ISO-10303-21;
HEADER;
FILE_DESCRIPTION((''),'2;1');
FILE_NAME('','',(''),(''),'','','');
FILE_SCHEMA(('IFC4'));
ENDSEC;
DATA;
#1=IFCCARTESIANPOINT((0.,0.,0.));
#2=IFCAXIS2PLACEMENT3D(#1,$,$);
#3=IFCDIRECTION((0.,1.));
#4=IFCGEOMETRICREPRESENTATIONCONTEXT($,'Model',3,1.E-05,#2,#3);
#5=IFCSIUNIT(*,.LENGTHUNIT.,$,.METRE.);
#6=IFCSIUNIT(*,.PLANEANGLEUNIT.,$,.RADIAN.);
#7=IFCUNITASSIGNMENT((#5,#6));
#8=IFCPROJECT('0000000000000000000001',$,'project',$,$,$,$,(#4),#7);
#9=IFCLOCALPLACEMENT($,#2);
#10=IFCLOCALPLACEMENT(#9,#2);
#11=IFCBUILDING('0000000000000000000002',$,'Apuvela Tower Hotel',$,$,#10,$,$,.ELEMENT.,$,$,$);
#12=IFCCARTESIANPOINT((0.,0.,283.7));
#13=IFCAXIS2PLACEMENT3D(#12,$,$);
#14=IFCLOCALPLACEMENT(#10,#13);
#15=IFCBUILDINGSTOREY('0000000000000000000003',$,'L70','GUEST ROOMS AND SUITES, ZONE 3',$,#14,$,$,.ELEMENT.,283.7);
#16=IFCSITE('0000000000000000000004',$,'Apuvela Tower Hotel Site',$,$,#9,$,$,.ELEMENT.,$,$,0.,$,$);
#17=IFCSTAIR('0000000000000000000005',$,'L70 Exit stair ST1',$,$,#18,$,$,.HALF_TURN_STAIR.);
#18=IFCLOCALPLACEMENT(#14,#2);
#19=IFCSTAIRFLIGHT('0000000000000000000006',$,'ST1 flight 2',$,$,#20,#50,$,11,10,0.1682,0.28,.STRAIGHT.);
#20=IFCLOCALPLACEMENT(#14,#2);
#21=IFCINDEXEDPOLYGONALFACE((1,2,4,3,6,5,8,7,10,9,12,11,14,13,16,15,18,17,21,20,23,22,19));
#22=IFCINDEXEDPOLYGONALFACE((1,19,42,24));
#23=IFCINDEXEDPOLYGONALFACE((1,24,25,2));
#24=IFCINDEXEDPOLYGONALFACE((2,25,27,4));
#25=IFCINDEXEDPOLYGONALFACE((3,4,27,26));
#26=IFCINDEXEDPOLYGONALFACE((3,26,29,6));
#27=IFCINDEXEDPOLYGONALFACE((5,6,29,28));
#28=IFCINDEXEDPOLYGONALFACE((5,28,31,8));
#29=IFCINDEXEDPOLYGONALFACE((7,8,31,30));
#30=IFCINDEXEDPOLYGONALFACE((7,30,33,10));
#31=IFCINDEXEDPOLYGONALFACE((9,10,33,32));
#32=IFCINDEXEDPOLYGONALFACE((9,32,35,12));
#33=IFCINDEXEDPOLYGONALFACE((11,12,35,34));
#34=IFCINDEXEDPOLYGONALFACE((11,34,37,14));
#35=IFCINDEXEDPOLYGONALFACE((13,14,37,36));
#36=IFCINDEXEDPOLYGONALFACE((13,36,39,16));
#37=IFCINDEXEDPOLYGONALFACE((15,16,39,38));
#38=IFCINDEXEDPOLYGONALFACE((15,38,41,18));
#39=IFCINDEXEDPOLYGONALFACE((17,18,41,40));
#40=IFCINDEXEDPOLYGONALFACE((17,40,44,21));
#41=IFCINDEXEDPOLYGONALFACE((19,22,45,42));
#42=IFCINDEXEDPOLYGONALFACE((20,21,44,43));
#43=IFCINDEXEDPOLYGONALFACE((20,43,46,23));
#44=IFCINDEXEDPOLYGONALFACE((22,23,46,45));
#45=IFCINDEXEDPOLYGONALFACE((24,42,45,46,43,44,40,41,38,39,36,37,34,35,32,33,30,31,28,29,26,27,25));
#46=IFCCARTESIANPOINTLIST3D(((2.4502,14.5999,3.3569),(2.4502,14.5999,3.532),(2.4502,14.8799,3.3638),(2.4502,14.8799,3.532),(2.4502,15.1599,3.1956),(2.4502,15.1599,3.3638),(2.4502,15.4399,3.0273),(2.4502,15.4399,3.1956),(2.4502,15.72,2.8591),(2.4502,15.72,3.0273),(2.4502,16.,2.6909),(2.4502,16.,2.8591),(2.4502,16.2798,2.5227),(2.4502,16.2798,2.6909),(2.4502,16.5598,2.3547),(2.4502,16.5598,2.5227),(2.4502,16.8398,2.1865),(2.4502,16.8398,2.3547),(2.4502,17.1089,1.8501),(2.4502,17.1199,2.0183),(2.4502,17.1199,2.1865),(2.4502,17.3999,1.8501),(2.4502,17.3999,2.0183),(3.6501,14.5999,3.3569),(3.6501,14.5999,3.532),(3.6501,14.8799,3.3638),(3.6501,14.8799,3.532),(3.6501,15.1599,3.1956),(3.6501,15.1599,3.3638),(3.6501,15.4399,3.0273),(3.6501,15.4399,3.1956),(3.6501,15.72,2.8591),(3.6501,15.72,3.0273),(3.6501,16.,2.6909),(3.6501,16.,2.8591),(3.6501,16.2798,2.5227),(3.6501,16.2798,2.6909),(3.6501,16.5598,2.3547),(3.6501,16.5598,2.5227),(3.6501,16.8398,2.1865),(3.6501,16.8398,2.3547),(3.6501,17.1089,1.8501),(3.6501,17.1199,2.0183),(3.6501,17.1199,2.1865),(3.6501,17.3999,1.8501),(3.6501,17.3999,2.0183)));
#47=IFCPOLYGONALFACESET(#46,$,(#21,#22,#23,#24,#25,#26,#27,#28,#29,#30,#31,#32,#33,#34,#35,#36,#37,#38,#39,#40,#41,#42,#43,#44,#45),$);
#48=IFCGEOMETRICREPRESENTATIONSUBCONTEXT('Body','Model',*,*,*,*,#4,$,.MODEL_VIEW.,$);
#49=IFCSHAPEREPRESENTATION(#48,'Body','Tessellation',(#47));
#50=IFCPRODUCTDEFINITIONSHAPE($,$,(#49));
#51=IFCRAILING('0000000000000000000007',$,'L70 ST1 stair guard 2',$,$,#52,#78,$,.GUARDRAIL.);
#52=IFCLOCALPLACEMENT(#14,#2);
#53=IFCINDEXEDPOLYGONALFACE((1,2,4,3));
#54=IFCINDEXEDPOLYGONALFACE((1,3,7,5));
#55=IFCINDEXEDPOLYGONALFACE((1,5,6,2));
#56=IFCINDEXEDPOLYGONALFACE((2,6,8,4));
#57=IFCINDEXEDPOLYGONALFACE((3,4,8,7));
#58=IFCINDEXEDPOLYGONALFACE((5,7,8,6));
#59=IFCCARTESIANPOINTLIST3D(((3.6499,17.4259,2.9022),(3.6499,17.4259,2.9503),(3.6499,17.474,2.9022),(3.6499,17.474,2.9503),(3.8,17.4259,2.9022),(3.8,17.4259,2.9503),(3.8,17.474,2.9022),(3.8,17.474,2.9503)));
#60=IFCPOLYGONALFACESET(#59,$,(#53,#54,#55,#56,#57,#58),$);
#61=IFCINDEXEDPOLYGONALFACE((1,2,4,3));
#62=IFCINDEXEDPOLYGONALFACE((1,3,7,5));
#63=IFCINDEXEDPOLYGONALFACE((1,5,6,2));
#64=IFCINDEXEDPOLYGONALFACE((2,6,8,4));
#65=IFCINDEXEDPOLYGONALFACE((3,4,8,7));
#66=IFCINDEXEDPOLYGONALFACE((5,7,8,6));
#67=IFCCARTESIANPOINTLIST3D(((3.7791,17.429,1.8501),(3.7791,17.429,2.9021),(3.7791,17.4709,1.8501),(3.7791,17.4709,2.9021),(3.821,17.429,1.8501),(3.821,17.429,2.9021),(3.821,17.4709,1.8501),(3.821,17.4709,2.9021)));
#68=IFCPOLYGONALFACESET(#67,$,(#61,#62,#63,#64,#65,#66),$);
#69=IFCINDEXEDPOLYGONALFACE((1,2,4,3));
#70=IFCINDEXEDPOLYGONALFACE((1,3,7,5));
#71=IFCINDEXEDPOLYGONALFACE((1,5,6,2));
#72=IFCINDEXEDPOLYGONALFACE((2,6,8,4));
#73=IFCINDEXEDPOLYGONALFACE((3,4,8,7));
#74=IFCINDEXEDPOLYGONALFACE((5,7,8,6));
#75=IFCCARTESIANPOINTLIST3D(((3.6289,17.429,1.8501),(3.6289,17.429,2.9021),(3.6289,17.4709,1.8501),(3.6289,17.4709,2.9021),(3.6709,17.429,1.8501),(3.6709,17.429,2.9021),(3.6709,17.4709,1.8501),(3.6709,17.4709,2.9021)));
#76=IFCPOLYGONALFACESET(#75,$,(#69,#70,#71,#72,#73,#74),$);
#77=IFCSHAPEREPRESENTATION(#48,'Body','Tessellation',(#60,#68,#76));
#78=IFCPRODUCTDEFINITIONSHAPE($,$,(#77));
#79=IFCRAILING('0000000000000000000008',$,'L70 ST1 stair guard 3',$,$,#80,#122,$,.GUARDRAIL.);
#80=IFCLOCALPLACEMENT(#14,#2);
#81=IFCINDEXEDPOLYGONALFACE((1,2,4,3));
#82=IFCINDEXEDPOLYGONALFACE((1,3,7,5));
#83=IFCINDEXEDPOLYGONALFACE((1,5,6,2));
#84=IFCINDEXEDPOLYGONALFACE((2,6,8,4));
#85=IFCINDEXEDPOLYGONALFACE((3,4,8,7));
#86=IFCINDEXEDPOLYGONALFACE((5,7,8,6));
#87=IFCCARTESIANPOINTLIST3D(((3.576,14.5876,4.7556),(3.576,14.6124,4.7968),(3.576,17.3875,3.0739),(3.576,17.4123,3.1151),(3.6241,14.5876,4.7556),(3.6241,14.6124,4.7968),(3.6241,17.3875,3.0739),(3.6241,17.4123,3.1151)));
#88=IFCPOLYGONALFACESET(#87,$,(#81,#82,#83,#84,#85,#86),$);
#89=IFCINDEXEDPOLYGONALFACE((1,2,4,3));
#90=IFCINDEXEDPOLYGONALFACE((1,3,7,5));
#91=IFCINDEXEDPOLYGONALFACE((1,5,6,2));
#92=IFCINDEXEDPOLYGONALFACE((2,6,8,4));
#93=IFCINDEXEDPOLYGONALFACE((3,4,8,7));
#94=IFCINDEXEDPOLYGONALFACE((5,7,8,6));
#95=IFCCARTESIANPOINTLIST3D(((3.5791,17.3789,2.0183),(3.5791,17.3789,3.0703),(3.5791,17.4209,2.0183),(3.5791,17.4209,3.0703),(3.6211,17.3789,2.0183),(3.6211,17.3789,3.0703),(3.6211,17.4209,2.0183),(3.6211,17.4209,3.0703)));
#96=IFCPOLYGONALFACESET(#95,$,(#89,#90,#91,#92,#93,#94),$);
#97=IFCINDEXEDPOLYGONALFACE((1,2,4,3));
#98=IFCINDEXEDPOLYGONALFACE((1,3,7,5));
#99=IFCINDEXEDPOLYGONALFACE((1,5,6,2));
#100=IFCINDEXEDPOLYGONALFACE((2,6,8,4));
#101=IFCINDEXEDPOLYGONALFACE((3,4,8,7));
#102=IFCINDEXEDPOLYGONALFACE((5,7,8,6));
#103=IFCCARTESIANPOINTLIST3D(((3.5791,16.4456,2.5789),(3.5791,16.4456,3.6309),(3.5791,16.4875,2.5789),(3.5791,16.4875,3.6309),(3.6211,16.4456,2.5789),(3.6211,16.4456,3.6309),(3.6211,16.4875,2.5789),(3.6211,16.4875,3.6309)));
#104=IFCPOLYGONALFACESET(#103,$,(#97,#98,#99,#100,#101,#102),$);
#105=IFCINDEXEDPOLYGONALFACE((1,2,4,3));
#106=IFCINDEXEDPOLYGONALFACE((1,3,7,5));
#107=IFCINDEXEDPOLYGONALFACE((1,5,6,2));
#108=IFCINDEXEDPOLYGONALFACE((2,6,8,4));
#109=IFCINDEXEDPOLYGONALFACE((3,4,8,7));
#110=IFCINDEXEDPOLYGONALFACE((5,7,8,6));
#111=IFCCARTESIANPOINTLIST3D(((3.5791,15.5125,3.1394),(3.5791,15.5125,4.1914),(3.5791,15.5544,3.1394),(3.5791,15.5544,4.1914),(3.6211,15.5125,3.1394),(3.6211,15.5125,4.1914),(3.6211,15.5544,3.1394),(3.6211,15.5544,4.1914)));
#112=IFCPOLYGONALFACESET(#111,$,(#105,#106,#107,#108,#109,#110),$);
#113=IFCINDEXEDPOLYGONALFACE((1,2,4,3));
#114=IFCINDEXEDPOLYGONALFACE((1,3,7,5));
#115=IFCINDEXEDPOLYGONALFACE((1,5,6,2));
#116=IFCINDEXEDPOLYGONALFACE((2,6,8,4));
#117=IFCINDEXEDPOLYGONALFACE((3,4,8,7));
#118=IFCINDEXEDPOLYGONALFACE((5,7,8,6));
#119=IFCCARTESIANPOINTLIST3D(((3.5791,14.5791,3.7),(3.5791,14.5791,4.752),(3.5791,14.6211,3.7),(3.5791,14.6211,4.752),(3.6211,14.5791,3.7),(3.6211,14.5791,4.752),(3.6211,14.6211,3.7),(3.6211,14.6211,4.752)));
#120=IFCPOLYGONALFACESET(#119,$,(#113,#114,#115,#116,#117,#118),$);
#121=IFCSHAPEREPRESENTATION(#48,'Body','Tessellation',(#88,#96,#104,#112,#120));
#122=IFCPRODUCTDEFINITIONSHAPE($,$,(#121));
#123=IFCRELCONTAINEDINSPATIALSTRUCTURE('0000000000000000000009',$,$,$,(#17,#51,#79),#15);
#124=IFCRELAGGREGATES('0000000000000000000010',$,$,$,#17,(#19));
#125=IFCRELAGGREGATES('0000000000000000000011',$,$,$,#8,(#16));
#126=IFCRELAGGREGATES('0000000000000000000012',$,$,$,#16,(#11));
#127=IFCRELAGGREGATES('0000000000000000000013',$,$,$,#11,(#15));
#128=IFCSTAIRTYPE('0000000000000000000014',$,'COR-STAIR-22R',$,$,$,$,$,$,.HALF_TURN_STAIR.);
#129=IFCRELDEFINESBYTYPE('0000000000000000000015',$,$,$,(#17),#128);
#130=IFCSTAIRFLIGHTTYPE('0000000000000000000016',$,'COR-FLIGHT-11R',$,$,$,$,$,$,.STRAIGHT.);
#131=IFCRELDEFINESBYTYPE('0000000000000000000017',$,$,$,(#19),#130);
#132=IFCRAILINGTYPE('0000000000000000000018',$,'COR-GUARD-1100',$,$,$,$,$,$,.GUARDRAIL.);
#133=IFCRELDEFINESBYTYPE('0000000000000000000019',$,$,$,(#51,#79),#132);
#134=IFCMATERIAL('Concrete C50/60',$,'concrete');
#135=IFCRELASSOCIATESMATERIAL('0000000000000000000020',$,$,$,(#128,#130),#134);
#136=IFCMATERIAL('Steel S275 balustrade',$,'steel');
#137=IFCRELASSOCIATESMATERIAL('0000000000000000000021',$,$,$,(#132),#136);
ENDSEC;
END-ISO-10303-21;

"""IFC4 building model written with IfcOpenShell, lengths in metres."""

from ifc_helpers import new_model, si_unit, direction, frame, origin, origin_2d, place, context, subcontext, project, spatial, polyline, rectangle, outline, extrude, material, type_object, element, aggregate, save


model = new_model("IFC4")

# Units and contexts
model_context = context("Model", 3, precision=1e-05, world=origin(), true_north=direction((0.0, 1.0)))
body_context = subcontext(model_context, "Body", "Model", "MODEL_VIEW")
ifc_project = project(units=[si_unit("LENGTHUNIT", "METRE"), si_unit("PLANEANGLEUNIT", "RADIAN")], contexts=[model_context])

# Site, building, storey
site_placement = place(None, origin())
site = spatial("IfcSite", under=ifc_project, at=site_placement, Name="Apuvela Tower Hotel Site", CompositionType="ELEMENT", RefElevation=0.0)
building_placement = place(site_placement, origin())
building = spatial("IfcBuilding", under=site, at=building_placement, Name="Apuvela Tower Hotel", CompositionType="ELEMENT")
storey_placement = place(building_placement, frame((0.0, 0.0, 283.7)))
storey = spatial("IfcBuildingStorey", under=building, at=storey_placement, Name="L70", Description="GUEST ROOMS AND SUITES, ZONE 3", CompositionType="ELEMENT", Elevation=283.7)

# Shared definitions
ifc_material_1 = material(Name="Concrete C50/60", Category="concrete")

# Stair, stair flight
stair_type = type_object("IfcStairType", Name="COR-STAIR-22R", PredefinedType="HALF_TURN_STAIR", material=ifc_material_1)
stair_placement = place(storey_placement, origin())
stair = element("IfcStair", 1, at=stair_placement, inside=storey, type_object=stair_type, Name="L70 Exit stair ST1", PredefinedType="HALF_TURN_STAIR")
stair_flight_type = type_object("IfcStairFlightType", Name="COR-FLIGHT-11R", PredefinedType="STRAIGHT", material=ifc_material_1)
stair_flight_placement = place(storey_placement, frame((3.05, 17.3999, 1.8501), z_axis=(0.0, 0.0, 1.0), x_axis=(0.0, -1.0, 0.0)))
stair_flight = element("IfcStairFlight", 2, at=stair_flight_placement, type_object=stair_flight_type, Name="ST1 flight 2", NumberOfRisers=11, NumberOfTreads=10, PredefinedType="STRAIGHT", RiserHeight=0.1682, TreadLength=0.28, context=body_context, shape_type="SweptSolid", body=[
    extrude(outline(polyline([(0.0, 0.0), (0.0, 0.1682), (0.28, 0.1682), (0.28, 0.3364), (0.5601, 0.3364), (0.5601, 0.5046), (0.8401, 0.5046), (0.8401, 0.6726), (1.1201, 0.6726), (1.1201, 0.8408), (1.3999, 0.8408), (1.3999, 1.009), (1.6799, 1.009), (1.6799, 1.1772), (1.96, 1.1772), (1.96, 1.3455), (2.24, 1.3455), (2.24, 1.5137), (2.52, 1.5137), (2.52, 1.6819), (2.8, 1.6819), (2.8, 1.8501), (2.8, 1.5068), (0.291, 0.0), (0.0, 0.0)])), frame((0.0, 0.6001, 0.0), z_axis=(0.0, -1.0, 0.0), x_axis=(1.0, 0.0, 0.0)), (0.0, 0.0, 1.0), 1.2),
])
aggregate(stair, [stair_flight])

# Railings
ifc_material_2 = material(Name="Steel S275 balustrade", Category="steel")
railing_type = type_object("IfcRailingType", Name="COR-GUARD-1100", PredefinedType="GUARDRAIL", material=ifc_material_2)
railing_1_placement = place(storey_placement, frame((3.8, 17.45, 1.8501)))
element("IfcRailing", 3, at=railing_1_placement, inside=storey, type_object=railing_type, Name="L70 ST1 stair guard 2", PredefinedType="GUARDRAIL", context=body_context, shape_type="SweptSolid", body=[
    extrude(rectangle(XDim=0.0481, YDim=0.0481, at=origin_2d()), frame((0.0, 0.0, 1.0762), z_axis=(-1.0, 0.0, 0.0), x_axis=(0.0, -1.0, 0.0)), (0.0, 0.0, 1.0), 0.1501),
    extrude(rectangle(XDim=0.042, YDim=0.042, at=origin_2d()), origin(), (0.0, 0.0, 1.0), 1.052),
    extrude(rectangle(XDim=0.042, YDim=0.042, at=origin_2d()), frame((-0.1501, 0.0, 0.0)), (0.0, 0.0, 1.0), 1.052),
])
railing_2_placement = place(storey_placement, frame((3.6001, 17.3999, 2.0183)))
element("IfcRailing", 4, at=railing_2_placement, inside=storey, type_object=railing_type, Name="L70 ST1 stair guard 3", PredefinedType="GUARDRAIL", context=body_context, shape_type="SweptSolid", body=[
    extrude(rectangle(XDim=0.0481, YDim=0.0481, at=origin_2d()), frame((0.0, 0.0, 1.0762), z_axis=(0.0, -0.857255, 0.514891), x_axis=(1.0, 0.0, 0.0)), (0.0, 0.0, 1.0), 3.2661),
    extrude(rectangle(XDim=0.042, YDim=0.042, at=origin_2d()), origin(), (0.0, 0.0, 1.0), 1.052),
    extrude(rectangle(XDim=0.042, YDim=0.042, at=origin_2d()), frame((0.0, -0.9333, 0.5605)), (0.0, 0.0, 1.0), 1.052),
    extrude(rectangle(XDim=0.042, YDim=0.042, at=origin_2d()), frame((0.0, -1.8665, 1.1211)), (0.0, 0.0, 1.0), 1.052),
    extrude(rectangle(XDim=0.042, YDim=0.042, at=origin_2d()), frame((0.0, -2.7998, 1.6816)), (0.0, 0.0, 1.0), 1.052),
])

save(model, "model.ifc")
